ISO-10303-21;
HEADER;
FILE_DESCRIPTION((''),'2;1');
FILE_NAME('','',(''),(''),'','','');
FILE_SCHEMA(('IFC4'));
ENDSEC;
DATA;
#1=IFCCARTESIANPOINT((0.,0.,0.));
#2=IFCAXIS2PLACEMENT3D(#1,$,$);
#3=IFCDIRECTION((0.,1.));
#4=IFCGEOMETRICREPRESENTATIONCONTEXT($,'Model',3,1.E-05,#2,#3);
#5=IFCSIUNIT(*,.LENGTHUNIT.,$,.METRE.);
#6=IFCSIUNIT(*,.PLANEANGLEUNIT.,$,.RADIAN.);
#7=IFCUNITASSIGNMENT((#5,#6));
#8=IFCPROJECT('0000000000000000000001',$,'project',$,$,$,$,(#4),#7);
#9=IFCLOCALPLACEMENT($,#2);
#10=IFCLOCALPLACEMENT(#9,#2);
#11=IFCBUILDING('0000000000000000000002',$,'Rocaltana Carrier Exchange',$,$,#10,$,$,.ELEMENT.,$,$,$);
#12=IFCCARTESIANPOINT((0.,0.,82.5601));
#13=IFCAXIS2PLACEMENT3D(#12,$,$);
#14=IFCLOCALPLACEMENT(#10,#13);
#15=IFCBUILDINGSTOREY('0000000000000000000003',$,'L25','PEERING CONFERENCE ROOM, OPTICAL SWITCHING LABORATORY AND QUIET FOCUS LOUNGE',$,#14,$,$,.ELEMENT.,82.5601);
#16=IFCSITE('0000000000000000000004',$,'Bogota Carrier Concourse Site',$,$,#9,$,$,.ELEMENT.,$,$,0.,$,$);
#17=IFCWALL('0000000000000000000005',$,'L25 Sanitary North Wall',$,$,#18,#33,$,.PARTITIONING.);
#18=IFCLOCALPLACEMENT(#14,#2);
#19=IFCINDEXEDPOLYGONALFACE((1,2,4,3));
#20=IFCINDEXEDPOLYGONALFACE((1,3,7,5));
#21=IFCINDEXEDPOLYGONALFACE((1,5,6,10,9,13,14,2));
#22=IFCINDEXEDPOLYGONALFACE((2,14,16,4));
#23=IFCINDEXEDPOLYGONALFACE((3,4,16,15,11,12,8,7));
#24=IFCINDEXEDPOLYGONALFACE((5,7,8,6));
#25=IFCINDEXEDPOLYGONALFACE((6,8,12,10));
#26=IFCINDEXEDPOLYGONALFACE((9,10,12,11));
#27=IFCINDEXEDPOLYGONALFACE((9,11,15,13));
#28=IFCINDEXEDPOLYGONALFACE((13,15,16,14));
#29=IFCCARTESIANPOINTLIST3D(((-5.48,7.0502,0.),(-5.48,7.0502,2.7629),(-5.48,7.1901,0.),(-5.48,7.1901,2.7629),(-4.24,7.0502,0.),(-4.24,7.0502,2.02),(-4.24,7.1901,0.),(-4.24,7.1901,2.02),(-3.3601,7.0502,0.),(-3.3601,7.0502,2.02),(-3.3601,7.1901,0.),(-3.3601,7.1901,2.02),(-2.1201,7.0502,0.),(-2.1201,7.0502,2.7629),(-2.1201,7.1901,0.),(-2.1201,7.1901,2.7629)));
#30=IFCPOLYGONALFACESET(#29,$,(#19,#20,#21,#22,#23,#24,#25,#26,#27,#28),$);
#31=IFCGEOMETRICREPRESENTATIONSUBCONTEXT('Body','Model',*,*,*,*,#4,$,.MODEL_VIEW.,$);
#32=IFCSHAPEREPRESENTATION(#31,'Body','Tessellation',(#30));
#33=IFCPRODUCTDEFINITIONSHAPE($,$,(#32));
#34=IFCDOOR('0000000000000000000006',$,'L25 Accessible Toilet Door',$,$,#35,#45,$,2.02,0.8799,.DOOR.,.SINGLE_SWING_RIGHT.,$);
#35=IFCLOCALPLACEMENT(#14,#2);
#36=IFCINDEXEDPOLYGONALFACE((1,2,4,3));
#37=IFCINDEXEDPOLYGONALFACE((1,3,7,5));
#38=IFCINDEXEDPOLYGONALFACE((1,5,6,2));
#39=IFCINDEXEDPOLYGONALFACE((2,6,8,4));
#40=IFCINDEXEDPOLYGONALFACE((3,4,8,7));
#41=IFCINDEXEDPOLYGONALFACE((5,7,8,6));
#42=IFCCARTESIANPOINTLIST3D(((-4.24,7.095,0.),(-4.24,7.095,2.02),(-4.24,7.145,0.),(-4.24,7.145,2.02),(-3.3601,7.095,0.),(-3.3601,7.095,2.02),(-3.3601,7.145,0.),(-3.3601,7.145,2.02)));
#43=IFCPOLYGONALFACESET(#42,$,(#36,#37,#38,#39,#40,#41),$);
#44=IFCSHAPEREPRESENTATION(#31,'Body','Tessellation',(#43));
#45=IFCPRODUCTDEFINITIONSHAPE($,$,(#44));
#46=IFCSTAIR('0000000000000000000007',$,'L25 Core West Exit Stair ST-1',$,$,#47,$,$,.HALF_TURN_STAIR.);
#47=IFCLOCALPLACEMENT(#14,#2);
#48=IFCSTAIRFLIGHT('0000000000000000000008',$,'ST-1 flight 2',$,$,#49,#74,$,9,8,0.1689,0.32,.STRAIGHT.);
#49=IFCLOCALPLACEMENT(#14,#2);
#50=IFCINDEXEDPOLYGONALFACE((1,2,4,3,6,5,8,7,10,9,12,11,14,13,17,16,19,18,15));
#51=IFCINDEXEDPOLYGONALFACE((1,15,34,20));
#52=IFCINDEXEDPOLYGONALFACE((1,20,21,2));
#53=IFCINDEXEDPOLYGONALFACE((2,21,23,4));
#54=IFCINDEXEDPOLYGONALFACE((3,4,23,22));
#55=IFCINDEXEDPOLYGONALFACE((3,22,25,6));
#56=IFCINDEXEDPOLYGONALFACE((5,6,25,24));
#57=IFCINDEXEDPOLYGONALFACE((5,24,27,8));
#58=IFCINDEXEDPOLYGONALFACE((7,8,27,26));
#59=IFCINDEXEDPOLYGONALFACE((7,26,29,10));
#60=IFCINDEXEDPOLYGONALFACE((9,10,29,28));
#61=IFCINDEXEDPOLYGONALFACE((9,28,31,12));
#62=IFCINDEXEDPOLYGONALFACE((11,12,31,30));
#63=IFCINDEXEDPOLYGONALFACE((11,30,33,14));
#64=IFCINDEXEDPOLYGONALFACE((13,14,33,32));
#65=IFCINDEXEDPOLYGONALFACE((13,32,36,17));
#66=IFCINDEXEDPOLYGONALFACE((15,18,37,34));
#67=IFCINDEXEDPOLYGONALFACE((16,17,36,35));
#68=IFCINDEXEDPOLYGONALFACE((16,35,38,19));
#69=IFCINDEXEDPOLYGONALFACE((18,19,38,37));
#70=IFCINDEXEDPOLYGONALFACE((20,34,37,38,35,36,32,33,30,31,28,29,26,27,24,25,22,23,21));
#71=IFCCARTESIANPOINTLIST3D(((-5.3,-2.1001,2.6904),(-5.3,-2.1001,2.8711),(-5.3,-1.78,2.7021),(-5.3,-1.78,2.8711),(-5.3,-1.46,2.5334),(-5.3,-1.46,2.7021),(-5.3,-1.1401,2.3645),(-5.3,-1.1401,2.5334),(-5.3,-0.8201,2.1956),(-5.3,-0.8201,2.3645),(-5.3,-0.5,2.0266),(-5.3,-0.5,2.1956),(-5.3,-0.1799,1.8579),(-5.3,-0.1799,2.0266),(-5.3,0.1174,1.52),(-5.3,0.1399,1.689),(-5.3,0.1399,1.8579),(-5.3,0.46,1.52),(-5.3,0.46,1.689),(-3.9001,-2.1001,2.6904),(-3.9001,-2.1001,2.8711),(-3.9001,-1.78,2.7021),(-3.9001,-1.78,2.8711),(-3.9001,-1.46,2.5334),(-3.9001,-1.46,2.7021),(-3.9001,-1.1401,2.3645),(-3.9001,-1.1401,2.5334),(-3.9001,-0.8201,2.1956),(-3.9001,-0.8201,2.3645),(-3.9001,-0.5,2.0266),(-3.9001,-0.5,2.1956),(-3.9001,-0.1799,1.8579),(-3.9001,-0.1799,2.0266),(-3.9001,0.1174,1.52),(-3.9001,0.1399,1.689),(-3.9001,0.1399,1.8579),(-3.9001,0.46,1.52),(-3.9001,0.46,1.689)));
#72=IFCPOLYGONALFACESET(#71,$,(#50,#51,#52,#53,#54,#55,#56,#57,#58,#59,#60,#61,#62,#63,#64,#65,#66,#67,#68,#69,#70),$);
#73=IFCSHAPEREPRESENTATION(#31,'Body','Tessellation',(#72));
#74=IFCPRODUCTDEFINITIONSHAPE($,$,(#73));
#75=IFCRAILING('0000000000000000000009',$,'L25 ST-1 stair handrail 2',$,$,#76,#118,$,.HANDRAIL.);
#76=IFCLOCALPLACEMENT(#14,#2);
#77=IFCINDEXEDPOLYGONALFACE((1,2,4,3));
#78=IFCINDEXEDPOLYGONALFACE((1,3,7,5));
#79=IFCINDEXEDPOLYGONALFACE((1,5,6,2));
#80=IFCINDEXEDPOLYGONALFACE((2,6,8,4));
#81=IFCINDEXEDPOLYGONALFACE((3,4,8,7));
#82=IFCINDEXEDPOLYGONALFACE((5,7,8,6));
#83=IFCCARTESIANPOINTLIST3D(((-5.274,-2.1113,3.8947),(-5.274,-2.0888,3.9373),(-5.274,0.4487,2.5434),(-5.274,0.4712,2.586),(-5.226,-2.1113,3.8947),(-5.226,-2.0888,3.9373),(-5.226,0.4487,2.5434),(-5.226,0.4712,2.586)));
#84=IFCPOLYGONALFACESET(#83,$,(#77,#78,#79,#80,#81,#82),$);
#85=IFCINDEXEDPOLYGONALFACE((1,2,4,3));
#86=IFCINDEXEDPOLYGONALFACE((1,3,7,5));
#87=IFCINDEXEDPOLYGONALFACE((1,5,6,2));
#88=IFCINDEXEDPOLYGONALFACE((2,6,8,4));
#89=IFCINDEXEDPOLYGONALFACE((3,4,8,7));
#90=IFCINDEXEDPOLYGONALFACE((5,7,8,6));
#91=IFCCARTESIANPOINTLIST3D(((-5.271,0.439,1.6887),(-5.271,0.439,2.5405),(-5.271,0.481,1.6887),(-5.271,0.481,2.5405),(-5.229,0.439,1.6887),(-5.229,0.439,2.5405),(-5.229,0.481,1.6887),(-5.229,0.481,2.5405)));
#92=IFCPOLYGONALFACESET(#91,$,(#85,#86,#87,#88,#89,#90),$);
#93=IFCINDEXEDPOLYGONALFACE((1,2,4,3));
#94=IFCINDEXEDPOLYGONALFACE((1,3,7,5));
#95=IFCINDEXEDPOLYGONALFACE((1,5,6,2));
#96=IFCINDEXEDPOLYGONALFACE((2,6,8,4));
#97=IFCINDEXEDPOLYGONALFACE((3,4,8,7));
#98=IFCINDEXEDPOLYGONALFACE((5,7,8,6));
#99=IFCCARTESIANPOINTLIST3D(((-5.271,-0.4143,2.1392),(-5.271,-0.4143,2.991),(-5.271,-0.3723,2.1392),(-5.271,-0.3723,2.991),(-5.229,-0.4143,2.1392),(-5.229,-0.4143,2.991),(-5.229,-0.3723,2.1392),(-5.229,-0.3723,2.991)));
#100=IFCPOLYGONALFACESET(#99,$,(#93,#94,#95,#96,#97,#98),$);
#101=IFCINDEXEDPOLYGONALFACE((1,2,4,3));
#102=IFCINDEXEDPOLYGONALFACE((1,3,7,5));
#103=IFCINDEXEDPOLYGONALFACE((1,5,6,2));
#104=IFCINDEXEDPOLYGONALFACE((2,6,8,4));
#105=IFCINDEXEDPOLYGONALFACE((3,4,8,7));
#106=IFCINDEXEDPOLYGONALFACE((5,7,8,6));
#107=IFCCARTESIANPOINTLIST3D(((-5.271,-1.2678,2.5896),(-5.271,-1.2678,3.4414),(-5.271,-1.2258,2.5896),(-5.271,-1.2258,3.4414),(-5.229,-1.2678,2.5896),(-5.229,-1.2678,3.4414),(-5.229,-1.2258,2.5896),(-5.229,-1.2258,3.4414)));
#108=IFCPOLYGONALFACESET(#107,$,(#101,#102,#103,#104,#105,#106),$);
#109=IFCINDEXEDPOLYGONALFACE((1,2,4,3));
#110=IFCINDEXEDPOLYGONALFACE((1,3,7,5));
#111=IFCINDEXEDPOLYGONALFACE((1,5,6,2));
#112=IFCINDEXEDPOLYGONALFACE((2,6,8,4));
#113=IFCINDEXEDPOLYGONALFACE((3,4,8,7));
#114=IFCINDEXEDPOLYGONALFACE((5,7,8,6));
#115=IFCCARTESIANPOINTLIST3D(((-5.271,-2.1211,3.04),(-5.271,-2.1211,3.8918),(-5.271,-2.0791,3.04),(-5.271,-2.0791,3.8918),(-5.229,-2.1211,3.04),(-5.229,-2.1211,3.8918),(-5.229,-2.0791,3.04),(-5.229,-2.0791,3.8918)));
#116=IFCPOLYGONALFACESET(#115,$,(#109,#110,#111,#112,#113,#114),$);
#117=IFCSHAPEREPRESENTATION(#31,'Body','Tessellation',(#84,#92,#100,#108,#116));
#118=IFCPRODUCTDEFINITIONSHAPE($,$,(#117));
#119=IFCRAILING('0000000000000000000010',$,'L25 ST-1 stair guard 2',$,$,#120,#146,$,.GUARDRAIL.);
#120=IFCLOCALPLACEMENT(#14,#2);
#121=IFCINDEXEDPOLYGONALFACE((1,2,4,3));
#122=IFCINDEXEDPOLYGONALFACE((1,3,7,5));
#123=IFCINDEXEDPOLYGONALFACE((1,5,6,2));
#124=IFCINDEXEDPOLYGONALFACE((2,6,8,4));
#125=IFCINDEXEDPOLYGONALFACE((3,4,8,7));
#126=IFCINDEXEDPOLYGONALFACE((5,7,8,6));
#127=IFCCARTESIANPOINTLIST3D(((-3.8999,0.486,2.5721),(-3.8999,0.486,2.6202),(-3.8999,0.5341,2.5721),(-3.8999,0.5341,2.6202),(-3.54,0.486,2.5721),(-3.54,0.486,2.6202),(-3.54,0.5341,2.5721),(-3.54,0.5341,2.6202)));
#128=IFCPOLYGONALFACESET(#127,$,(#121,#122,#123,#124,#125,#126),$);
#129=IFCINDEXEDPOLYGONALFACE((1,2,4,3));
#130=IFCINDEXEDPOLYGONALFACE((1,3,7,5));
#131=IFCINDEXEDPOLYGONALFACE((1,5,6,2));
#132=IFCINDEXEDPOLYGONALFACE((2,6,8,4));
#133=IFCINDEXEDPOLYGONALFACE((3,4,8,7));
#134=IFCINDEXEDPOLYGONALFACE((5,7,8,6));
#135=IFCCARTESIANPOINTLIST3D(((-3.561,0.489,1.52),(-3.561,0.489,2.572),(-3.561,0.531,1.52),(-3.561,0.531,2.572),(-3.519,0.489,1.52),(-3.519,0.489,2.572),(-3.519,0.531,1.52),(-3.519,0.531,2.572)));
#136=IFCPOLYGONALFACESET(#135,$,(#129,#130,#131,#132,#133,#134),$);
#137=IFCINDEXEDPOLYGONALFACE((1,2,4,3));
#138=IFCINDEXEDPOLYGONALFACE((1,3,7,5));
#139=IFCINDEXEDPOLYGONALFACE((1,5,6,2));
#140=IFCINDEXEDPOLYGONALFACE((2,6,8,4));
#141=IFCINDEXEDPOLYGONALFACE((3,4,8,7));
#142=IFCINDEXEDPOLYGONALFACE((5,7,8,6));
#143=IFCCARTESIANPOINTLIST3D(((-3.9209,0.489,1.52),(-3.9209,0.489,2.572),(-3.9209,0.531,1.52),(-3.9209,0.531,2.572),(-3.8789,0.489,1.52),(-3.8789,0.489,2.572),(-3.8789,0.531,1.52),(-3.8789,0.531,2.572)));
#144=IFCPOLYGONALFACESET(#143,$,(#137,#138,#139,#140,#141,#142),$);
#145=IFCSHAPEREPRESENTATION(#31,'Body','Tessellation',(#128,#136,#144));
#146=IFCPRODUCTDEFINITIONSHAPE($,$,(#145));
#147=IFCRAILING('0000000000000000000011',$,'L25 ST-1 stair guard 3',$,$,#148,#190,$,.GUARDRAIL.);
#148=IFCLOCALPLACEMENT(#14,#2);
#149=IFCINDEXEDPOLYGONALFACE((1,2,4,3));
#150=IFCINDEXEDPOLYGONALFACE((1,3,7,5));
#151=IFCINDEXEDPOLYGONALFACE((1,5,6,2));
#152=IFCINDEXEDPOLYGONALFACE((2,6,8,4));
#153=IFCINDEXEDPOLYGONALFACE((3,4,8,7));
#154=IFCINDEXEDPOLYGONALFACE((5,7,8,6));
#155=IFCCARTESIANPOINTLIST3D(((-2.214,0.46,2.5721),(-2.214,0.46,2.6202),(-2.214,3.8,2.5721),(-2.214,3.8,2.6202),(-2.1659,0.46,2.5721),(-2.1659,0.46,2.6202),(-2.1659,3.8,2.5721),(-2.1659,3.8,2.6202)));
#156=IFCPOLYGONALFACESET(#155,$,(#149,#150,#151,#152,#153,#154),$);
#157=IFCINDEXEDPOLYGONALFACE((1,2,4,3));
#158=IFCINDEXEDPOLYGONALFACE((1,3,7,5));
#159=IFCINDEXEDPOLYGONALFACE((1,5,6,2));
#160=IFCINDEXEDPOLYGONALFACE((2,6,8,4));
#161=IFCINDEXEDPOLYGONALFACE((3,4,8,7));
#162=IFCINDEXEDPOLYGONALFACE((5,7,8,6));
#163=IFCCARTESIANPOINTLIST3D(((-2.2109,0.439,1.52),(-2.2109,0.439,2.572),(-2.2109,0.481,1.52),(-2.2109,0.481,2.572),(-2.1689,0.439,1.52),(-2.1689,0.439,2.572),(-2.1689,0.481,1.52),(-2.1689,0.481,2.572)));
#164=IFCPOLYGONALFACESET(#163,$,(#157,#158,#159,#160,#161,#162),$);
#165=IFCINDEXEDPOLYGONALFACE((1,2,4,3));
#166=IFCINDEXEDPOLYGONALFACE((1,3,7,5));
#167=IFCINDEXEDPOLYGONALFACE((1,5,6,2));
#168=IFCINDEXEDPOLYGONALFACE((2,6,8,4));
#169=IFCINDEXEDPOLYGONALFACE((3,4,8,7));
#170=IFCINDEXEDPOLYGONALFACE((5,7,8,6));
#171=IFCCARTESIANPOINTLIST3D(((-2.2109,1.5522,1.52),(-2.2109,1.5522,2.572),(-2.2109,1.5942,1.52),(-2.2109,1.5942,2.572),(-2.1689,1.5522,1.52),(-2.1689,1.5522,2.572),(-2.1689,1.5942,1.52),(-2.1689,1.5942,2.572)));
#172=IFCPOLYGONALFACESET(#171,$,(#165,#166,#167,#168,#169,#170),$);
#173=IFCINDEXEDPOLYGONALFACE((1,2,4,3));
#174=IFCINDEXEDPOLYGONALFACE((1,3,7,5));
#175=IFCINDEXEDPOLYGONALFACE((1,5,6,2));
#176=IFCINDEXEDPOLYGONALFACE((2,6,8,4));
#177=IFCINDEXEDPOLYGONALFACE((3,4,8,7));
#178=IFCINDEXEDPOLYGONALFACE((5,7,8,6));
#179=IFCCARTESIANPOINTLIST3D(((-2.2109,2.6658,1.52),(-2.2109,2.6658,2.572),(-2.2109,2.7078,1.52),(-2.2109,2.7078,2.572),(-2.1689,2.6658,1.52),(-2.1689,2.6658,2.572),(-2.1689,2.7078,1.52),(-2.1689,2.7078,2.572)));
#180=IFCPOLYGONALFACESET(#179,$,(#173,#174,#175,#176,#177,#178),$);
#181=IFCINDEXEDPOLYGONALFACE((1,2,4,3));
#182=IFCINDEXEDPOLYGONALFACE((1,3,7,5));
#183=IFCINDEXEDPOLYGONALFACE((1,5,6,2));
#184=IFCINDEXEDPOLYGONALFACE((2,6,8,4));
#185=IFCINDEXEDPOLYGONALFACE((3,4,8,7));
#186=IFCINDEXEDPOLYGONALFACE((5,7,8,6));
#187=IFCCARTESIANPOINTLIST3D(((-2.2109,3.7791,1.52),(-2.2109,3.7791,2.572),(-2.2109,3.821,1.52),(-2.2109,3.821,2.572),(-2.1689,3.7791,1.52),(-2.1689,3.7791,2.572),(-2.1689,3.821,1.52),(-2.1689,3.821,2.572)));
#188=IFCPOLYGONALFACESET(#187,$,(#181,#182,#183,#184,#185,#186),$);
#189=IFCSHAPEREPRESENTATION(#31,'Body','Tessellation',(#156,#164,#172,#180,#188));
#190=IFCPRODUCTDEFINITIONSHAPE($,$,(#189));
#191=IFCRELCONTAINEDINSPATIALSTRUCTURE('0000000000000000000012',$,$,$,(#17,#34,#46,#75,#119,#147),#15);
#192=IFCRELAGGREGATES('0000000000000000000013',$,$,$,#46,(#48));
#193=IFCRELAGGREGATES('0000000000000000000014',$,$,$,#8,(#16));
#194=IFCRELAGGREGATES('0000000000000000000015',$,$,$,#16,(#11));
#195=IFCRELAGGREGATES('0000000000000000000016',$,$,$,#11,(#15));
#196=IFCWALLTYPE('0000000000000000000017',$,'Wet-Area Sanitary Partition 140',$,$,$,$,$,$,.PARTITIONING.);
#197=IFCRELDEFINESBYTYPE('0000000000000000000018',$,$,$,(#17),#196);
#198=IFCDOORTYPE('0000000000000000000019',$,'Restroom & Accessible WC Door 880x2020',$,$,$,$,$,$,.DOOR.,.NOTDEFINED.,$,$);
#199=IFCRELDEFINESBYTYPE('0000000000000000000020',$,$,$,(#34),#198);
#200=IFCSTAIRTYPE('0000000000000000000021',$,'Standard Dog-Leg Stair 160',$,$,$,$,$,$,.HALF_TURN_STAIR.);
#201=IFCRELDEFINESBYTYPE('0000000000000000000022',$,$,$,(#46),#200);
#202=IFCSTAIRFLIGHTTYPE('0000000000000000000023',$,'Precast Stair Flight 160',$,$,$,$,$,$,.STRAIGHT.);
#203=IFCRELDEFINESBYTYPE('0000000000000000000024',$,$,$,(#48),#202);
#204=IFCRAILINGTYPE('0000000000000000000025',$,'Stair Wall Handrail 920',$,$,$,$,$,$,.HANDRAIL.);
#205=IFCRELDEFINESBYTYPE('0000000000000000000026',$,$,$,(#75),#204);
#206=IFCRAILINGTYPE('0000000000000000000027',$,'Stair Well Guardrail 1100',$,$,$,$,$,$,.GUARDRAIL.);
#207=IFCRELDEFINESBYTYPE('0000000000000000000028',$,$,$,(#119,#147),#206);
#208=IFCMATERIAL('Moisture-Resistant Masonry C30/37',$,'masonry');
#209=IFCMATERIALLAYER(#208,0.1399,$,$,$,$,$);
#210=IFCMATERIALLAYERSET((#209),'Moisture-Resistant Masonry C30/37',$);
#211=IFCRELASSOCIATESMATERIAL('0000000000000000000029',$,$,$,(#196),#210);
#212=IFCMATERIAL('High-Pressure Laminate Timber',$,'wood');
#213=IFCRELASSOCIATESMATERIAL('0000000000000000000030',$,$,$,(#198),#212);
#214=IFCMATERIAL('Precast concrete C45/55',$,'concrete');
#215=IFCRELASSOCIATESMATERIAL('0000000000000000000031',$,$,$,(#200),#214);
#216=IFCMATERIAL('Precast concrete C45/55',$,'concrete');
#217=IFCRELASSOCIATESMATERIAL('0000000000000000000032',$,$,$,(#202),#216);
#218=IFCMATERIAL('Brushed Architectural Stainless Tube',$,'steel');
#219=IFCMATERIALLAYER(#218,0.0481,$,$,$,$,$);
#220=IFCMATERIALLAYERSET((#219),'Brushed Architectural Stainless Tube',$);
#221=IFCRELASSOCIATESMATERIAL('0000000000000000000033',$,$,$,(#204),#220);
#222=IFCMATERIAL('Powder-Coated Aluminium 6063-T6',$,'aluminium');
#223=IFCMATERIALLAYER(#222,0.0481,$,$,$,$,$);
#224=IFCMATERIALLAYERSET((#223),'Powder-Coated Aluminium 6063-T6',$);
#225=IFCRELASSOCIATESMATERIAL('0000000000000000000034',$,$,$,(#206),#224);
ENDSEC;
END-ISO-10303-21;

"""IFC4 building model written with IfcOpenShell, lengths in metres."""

from ifc_helpers import new_model, si_unit, direction, frame, frame_2d, origin, origin_2d, place, context, subcontext, project, spatial, polyline, rectangle, outline, extrude, material, layer, layer_set, type_object, element, fill, aggregate, save


model = new_model("IFC4")

# Units and contexts
model_context = context("Model", 3, precision=1e-05, world=origin(), true_north=direction((0.0, 1.0)))
body_context = subcontext(model_context, "Body", "Model", "MODEL_VIEW")
ifc_project = project(units=[si_unit("LENGTHUNIT", "METRE"), si_unit("PLANEANGLEUNIT", "RADIAN")], contexts=[model_context])

# Site, building, storey
site_placement = place(None, origin())
site = spatial("IfcSite", under=ifc_project, at=site_placement, Name="Bogota Carrier Concourse Site", CompositionType="ELEMENT", RefElevation=0.0)
building_placement = place(site_placement, origin())
building = spatial("IfcBuilding", under=site, at=building_placement, Name="Rocaltana Carrier Exchange", CompositionType="ELEMENT")
storey_placement = place(building_placement, frame((0.0, 0.0, 82.5601)))
storey = spatial("IfcBuildingStorey", under=building, at=storey_placement, Name="L25", Description="PEERING CONFERENCE ROOM, OPTICAL SWITCHING LABORATORY AND QUIET FOCUS LOUNGE", CompositionType="ELEMENT", Elevation=82.5601)

# Shared definitions
ifc_material_1 = material(Name="Moisture-Resistant Masonry C30/37", Category="masonry")
ifc_layer_1 = layer(ifc_material_1, 0.1399)
ifc_layer_set_1 = layer_set([ifc_layer_1], Name="Moisture-Resistant Masonry C30/37")
wall_type_1 = type_object("IfcWallType", Name="Wet-Area Sanitary Partition 140", PredefinedType="PARTITIONING", material=ifc_layer_set_1)

# Wall, opening, door
wall_1_placement = place(storey_placement, frame((-5.48, 7.1201, 0.0), z_axis=(0.0, 0.0, 1.0), x_axis=(1.0, 0.0, 0.0)))
wall_1 = element("IfcWall", 1, at=wall_1_placement, inside=storey, type_object=wall_type_1, Name="L25 Sanitary North Wall", PredefinedType="PARTITIONING", context=body_context, shape_type="SweptSolid", body=[
    extrude(rectangle(XDim=3.3599, YDim=0.1399, at=frame_2d((1.6799, 0.0))), origin(), (0.0, 0.0, 1.0), 2.7629),
])
opening_placement = place(wall_1_placement, frame((1.24, 0.0, 0.0)))
opening = element("IfcOpeningElement", 2, at=opening_placement, cuts=wall_1, PredefinedType="OPENING", context=body_context, shape_type="SweptSolid", body=[
    extrude(rectangle(XDim=0.8799, YDim=2.02, at=frame_2d((0.4399, 1.01))), frame((0.0, 0.0798, 0.0), z_axis=(0.0, -1.0, 0.0), x_axis=(1.0, 0.0, 0.0)), (0.0, 0.0, 1.0), 0.1599),
])
ifc_material_2 = material(Name="High-Pressure Laminate Timber", Category="wood")
door_type = type_object("IfcDoorType", Name="Restroom & Accessible WC Door 880x2020", OperationType="NOTDEFINED", PredefinedType="DOOR", material=ifc_material_2)
door_placement = place(opening_placement, origin())
door = element("IfcDoor", 3, at=door_placement, inside=storey, type_object=door_type, Name="L25 Accessible Toilet Door", OperationType="SINGLE_SWING_RIGHT", OverallHeight=2.02, OverallWidth=0.8799, PredefinedType="DOOR", context=body_context, shape_type="SweptSolid", body=[
    extrude(rectangle(XDim=0.8799, YDim=2.02, at=frame_2d((0.4399, 1.01))), frame((0.0, 0.0249, 0.0), z_axis=(0.0, -1.0, 0.0), x_axis=(1.0, 0.0, 0.0)), (0.0, 0.0, 1.0), 0.05),
])
fill(opening, door)

# Stair, stair flight
ifc_material_3 = material(Name="Precast concrete C45/55", Category="concrete")
stair_type = type_object("IfcStairType", Name="Standard Dog-Leg Stair 160", PredefinedType="HALF_TURN_STAIR", material=ifc_material_3)
stair_placement = place(storey_placement, origin())
stair = element("IfcStair", 4, at=stair_placement, inside=storey, type_object=stair_type, Name="L25 Core West Exit Stair ST-1", PredefinedType="HALF_TURN_STAIR")
ifc_material_4 = material(Name="Precast concrete C45/55", Category="concrete")
stair_flight_type = type_object("IfcStairFlightType", Name="Precast Stair Flight 160", PredefinedType="STRAIGHT", material=ifc_material_4)
stair_flight_placement = place(storey_placement, frame((-4.6001, 0.46, 1.52), z_axis=(0.0, 0.0, 1.0), x_axis=(0.0, -1.0, 0.0)))
stair_flight = element("IfcStairFlight", 5, at=stair_flight_placement, type_object=stair_flight_type, Name="ST-1 flight 2", NumberOfRisers=9, NumberOfTreads=8, PredefinedType="STRAIGHT", RiserHeight=0.1689, TreadLength=0.32, context=body_context, shape_type="SweptSolid", body=[
    extrude(outline(polyline([(0.0, 0.0), (0.0, 0.1689), (0.3201, 0.1689), (0.3201, 0.3379), (0.6399, 0.3379), (0.6399, 0.5066), (0.96, 0.5066), (0.96, 0.6755), (1.28, 0.6755), (1.28, 0.8445), (1.6001, 0.8445), (1.6001, 1.0134), (1.9199, 1.0134), (1.9199, 1.1821), (2.24, 1.1821), (2.24, 1.3511), (2.5601, 1.3511), (2.5601, 1.52), (2.5601, 1.1704), (0.3425, 0.0), (0.0, 0.0)])), frame((0.0, 0.7, 0.0), z_axis=(0.0, -1.0, 0.0), x_axis=(1.0, 0.0, 0.0)), (0.0, 0.0, 1.0), 1.3999),
])
aggregate(stair, [stair_flight])

# Railings
ifc_material_5 = material(Name="Brushed Architectural Stainless Tube", Category="steel")
ifc_layer_2 = layer(ifc_material_5, 0.0481)
ifc_layer_set_2 = layer_set([ifc_layer_2], Name="Brushed Architectural Stainless Tube")
railing_type_1 = type_object("IfcRailingType", Name="Stair Wall Handrail 920", PredefinedType="HANDRAIL", material=ifc_layer_set_2)
railing_1_placement = place(storey_placement, frame((-5.25, 0.46, 1.6887)))
element("IfcRailing", 6, at=railing_1_placement, inside=storey, type_object=railing_type_1, Name="L25 ST-1 stair handrail 2", PredefinedType="HANDRAIL", context=body_context, shape_type="SweptSolid", body=[
    extrude(rectangle(XDim=0.0481, YDim=0.0481, at=origin_2d()), frame((0.0, 0.0, 0.876), z_axis=(0.0, -0.88436, 0.466806), x_axis=(1.0, 0.0, 0.0)), (0.0, 0.0, 1.0), 2.8948),
    extrude(rectangle(XDim=0.042, YDim=0.042, at=origin_2d()), origin(), (0.0, 0.0, 1.0), 0.8518),
    extrude(rectangle(XDim=0.042, YDim=0.042, at=origin_2d()), frame((0.0, -0.8533, 0.4504)), (0.0, 0.0, 1.0), 0.8518),
    extrude(rectangle(XDim=0.042, YDim=0.042, at=origin_2d()), frame((0.0, -1.7068, 0.9009)), (0.0, 0.0, 1.0), 0.8518),
    extrude(rectangle(XDim=0.042, YDim=0.042, at=origin_2d()), frame((0.0, -2.5601, 1.3513)), (0.0, 0.0, 1.0), 0.8518),
])
ifc_material_6 = material(Name="Powder-Coated Aluminium 6063-T6", Category="aluminium")
ifc_layer_3 = layer(ifc_material_6, 0.0481)
ifc_layer_set_3 = layer_set([ifc_layer_3], Name="Powder-Coated Aluminium 6063-T6")
railing_type_2 = type_object("IfcRailingType", Name="Stair Well Guardrail 1100", PredefinedType="GUARDRAIL", material=ifc_layer_set_3)
railing_2_placement = place(storey_placement, frame((-3.54, 0.51, 1.52)))
element("IfcRailing", 7, at=railing_2_placement, inside=storey, type_object=railing_type_2, Name="L25 ST-1 stair guard 2", PredefinedType="GUARDRAIL", context=body_context, shape_type="SweptSolid", body=[
    extrude(rectangle(XDim=0.0481, YDim=0.0481, at=origin_2d()), frame((0.0, 0.0, 1.0762), z_axis=(-1.0, 0.0, 0.0), x_axis=(0.0, -1.0, 0.0)), (0.0, 0.0, 1.0), 0.3599),
    extrude(rectangle(XDim=0.042, YDim=0.042, at=origin_2d()), origin(), (0.0, 0.0, 1.0), 1.052),
    extrude(rectangle(XDim=0.042, YDim=0.042, at=origin_2d()), frame((-0.3599, 0.0, 0.0)), (0.0, 0.0, 1.0), 1.052),
])
for number, where, name in (
    (8, (-2.1899, 0.46, 1.52), "L25 ST-1 stair guard 3"),
):
    element("IfcRailing", number, at=place(storey_placement, frame(where)), inside=storey, type_object=railing_type_2, Name=name, PredefinedType="GUARDRAIL", context=body_context, shape_type="SweptSolid", body=[
        extrude(rectangle(XDim=0.0481, YDim=0.0481, at=origin_2d()), frame((0.0, 0.0, 1.0762), z_axis=(0.0, 1.0, 0.0), x_axis=(-1.0, 0.0, 0.0)), (0.0, 0.0, 1.0), 3.3401),
        extrude(rectangle(XDim=0.042, YDim=0.042, at=origin_2d()), origin(), (0.0, 0.0, 1.0), 1.052),
        extrude(rectangle(XDim=0.042, YDim=0.042, at=origin_2d()), frame((0.0, 1.1133, 0.0)), (0.0, 0.0, 1.0), 1.052),
        extrude(rectangle(XDim=0.042, YDim=0.042, at=origin_2d()), frame((0.0, 2.2268, 0.0)), (0.0, 0.0, 1.0), 1.052),
        extrude(rectangle(XDim=0.042, YDim=0.042, at=origin_2d()), frame((0.0, 3.3401, 0.0)), (0.0, 0.0, 1.0), 1.052),
    ])

save(model, "model.ifc")
